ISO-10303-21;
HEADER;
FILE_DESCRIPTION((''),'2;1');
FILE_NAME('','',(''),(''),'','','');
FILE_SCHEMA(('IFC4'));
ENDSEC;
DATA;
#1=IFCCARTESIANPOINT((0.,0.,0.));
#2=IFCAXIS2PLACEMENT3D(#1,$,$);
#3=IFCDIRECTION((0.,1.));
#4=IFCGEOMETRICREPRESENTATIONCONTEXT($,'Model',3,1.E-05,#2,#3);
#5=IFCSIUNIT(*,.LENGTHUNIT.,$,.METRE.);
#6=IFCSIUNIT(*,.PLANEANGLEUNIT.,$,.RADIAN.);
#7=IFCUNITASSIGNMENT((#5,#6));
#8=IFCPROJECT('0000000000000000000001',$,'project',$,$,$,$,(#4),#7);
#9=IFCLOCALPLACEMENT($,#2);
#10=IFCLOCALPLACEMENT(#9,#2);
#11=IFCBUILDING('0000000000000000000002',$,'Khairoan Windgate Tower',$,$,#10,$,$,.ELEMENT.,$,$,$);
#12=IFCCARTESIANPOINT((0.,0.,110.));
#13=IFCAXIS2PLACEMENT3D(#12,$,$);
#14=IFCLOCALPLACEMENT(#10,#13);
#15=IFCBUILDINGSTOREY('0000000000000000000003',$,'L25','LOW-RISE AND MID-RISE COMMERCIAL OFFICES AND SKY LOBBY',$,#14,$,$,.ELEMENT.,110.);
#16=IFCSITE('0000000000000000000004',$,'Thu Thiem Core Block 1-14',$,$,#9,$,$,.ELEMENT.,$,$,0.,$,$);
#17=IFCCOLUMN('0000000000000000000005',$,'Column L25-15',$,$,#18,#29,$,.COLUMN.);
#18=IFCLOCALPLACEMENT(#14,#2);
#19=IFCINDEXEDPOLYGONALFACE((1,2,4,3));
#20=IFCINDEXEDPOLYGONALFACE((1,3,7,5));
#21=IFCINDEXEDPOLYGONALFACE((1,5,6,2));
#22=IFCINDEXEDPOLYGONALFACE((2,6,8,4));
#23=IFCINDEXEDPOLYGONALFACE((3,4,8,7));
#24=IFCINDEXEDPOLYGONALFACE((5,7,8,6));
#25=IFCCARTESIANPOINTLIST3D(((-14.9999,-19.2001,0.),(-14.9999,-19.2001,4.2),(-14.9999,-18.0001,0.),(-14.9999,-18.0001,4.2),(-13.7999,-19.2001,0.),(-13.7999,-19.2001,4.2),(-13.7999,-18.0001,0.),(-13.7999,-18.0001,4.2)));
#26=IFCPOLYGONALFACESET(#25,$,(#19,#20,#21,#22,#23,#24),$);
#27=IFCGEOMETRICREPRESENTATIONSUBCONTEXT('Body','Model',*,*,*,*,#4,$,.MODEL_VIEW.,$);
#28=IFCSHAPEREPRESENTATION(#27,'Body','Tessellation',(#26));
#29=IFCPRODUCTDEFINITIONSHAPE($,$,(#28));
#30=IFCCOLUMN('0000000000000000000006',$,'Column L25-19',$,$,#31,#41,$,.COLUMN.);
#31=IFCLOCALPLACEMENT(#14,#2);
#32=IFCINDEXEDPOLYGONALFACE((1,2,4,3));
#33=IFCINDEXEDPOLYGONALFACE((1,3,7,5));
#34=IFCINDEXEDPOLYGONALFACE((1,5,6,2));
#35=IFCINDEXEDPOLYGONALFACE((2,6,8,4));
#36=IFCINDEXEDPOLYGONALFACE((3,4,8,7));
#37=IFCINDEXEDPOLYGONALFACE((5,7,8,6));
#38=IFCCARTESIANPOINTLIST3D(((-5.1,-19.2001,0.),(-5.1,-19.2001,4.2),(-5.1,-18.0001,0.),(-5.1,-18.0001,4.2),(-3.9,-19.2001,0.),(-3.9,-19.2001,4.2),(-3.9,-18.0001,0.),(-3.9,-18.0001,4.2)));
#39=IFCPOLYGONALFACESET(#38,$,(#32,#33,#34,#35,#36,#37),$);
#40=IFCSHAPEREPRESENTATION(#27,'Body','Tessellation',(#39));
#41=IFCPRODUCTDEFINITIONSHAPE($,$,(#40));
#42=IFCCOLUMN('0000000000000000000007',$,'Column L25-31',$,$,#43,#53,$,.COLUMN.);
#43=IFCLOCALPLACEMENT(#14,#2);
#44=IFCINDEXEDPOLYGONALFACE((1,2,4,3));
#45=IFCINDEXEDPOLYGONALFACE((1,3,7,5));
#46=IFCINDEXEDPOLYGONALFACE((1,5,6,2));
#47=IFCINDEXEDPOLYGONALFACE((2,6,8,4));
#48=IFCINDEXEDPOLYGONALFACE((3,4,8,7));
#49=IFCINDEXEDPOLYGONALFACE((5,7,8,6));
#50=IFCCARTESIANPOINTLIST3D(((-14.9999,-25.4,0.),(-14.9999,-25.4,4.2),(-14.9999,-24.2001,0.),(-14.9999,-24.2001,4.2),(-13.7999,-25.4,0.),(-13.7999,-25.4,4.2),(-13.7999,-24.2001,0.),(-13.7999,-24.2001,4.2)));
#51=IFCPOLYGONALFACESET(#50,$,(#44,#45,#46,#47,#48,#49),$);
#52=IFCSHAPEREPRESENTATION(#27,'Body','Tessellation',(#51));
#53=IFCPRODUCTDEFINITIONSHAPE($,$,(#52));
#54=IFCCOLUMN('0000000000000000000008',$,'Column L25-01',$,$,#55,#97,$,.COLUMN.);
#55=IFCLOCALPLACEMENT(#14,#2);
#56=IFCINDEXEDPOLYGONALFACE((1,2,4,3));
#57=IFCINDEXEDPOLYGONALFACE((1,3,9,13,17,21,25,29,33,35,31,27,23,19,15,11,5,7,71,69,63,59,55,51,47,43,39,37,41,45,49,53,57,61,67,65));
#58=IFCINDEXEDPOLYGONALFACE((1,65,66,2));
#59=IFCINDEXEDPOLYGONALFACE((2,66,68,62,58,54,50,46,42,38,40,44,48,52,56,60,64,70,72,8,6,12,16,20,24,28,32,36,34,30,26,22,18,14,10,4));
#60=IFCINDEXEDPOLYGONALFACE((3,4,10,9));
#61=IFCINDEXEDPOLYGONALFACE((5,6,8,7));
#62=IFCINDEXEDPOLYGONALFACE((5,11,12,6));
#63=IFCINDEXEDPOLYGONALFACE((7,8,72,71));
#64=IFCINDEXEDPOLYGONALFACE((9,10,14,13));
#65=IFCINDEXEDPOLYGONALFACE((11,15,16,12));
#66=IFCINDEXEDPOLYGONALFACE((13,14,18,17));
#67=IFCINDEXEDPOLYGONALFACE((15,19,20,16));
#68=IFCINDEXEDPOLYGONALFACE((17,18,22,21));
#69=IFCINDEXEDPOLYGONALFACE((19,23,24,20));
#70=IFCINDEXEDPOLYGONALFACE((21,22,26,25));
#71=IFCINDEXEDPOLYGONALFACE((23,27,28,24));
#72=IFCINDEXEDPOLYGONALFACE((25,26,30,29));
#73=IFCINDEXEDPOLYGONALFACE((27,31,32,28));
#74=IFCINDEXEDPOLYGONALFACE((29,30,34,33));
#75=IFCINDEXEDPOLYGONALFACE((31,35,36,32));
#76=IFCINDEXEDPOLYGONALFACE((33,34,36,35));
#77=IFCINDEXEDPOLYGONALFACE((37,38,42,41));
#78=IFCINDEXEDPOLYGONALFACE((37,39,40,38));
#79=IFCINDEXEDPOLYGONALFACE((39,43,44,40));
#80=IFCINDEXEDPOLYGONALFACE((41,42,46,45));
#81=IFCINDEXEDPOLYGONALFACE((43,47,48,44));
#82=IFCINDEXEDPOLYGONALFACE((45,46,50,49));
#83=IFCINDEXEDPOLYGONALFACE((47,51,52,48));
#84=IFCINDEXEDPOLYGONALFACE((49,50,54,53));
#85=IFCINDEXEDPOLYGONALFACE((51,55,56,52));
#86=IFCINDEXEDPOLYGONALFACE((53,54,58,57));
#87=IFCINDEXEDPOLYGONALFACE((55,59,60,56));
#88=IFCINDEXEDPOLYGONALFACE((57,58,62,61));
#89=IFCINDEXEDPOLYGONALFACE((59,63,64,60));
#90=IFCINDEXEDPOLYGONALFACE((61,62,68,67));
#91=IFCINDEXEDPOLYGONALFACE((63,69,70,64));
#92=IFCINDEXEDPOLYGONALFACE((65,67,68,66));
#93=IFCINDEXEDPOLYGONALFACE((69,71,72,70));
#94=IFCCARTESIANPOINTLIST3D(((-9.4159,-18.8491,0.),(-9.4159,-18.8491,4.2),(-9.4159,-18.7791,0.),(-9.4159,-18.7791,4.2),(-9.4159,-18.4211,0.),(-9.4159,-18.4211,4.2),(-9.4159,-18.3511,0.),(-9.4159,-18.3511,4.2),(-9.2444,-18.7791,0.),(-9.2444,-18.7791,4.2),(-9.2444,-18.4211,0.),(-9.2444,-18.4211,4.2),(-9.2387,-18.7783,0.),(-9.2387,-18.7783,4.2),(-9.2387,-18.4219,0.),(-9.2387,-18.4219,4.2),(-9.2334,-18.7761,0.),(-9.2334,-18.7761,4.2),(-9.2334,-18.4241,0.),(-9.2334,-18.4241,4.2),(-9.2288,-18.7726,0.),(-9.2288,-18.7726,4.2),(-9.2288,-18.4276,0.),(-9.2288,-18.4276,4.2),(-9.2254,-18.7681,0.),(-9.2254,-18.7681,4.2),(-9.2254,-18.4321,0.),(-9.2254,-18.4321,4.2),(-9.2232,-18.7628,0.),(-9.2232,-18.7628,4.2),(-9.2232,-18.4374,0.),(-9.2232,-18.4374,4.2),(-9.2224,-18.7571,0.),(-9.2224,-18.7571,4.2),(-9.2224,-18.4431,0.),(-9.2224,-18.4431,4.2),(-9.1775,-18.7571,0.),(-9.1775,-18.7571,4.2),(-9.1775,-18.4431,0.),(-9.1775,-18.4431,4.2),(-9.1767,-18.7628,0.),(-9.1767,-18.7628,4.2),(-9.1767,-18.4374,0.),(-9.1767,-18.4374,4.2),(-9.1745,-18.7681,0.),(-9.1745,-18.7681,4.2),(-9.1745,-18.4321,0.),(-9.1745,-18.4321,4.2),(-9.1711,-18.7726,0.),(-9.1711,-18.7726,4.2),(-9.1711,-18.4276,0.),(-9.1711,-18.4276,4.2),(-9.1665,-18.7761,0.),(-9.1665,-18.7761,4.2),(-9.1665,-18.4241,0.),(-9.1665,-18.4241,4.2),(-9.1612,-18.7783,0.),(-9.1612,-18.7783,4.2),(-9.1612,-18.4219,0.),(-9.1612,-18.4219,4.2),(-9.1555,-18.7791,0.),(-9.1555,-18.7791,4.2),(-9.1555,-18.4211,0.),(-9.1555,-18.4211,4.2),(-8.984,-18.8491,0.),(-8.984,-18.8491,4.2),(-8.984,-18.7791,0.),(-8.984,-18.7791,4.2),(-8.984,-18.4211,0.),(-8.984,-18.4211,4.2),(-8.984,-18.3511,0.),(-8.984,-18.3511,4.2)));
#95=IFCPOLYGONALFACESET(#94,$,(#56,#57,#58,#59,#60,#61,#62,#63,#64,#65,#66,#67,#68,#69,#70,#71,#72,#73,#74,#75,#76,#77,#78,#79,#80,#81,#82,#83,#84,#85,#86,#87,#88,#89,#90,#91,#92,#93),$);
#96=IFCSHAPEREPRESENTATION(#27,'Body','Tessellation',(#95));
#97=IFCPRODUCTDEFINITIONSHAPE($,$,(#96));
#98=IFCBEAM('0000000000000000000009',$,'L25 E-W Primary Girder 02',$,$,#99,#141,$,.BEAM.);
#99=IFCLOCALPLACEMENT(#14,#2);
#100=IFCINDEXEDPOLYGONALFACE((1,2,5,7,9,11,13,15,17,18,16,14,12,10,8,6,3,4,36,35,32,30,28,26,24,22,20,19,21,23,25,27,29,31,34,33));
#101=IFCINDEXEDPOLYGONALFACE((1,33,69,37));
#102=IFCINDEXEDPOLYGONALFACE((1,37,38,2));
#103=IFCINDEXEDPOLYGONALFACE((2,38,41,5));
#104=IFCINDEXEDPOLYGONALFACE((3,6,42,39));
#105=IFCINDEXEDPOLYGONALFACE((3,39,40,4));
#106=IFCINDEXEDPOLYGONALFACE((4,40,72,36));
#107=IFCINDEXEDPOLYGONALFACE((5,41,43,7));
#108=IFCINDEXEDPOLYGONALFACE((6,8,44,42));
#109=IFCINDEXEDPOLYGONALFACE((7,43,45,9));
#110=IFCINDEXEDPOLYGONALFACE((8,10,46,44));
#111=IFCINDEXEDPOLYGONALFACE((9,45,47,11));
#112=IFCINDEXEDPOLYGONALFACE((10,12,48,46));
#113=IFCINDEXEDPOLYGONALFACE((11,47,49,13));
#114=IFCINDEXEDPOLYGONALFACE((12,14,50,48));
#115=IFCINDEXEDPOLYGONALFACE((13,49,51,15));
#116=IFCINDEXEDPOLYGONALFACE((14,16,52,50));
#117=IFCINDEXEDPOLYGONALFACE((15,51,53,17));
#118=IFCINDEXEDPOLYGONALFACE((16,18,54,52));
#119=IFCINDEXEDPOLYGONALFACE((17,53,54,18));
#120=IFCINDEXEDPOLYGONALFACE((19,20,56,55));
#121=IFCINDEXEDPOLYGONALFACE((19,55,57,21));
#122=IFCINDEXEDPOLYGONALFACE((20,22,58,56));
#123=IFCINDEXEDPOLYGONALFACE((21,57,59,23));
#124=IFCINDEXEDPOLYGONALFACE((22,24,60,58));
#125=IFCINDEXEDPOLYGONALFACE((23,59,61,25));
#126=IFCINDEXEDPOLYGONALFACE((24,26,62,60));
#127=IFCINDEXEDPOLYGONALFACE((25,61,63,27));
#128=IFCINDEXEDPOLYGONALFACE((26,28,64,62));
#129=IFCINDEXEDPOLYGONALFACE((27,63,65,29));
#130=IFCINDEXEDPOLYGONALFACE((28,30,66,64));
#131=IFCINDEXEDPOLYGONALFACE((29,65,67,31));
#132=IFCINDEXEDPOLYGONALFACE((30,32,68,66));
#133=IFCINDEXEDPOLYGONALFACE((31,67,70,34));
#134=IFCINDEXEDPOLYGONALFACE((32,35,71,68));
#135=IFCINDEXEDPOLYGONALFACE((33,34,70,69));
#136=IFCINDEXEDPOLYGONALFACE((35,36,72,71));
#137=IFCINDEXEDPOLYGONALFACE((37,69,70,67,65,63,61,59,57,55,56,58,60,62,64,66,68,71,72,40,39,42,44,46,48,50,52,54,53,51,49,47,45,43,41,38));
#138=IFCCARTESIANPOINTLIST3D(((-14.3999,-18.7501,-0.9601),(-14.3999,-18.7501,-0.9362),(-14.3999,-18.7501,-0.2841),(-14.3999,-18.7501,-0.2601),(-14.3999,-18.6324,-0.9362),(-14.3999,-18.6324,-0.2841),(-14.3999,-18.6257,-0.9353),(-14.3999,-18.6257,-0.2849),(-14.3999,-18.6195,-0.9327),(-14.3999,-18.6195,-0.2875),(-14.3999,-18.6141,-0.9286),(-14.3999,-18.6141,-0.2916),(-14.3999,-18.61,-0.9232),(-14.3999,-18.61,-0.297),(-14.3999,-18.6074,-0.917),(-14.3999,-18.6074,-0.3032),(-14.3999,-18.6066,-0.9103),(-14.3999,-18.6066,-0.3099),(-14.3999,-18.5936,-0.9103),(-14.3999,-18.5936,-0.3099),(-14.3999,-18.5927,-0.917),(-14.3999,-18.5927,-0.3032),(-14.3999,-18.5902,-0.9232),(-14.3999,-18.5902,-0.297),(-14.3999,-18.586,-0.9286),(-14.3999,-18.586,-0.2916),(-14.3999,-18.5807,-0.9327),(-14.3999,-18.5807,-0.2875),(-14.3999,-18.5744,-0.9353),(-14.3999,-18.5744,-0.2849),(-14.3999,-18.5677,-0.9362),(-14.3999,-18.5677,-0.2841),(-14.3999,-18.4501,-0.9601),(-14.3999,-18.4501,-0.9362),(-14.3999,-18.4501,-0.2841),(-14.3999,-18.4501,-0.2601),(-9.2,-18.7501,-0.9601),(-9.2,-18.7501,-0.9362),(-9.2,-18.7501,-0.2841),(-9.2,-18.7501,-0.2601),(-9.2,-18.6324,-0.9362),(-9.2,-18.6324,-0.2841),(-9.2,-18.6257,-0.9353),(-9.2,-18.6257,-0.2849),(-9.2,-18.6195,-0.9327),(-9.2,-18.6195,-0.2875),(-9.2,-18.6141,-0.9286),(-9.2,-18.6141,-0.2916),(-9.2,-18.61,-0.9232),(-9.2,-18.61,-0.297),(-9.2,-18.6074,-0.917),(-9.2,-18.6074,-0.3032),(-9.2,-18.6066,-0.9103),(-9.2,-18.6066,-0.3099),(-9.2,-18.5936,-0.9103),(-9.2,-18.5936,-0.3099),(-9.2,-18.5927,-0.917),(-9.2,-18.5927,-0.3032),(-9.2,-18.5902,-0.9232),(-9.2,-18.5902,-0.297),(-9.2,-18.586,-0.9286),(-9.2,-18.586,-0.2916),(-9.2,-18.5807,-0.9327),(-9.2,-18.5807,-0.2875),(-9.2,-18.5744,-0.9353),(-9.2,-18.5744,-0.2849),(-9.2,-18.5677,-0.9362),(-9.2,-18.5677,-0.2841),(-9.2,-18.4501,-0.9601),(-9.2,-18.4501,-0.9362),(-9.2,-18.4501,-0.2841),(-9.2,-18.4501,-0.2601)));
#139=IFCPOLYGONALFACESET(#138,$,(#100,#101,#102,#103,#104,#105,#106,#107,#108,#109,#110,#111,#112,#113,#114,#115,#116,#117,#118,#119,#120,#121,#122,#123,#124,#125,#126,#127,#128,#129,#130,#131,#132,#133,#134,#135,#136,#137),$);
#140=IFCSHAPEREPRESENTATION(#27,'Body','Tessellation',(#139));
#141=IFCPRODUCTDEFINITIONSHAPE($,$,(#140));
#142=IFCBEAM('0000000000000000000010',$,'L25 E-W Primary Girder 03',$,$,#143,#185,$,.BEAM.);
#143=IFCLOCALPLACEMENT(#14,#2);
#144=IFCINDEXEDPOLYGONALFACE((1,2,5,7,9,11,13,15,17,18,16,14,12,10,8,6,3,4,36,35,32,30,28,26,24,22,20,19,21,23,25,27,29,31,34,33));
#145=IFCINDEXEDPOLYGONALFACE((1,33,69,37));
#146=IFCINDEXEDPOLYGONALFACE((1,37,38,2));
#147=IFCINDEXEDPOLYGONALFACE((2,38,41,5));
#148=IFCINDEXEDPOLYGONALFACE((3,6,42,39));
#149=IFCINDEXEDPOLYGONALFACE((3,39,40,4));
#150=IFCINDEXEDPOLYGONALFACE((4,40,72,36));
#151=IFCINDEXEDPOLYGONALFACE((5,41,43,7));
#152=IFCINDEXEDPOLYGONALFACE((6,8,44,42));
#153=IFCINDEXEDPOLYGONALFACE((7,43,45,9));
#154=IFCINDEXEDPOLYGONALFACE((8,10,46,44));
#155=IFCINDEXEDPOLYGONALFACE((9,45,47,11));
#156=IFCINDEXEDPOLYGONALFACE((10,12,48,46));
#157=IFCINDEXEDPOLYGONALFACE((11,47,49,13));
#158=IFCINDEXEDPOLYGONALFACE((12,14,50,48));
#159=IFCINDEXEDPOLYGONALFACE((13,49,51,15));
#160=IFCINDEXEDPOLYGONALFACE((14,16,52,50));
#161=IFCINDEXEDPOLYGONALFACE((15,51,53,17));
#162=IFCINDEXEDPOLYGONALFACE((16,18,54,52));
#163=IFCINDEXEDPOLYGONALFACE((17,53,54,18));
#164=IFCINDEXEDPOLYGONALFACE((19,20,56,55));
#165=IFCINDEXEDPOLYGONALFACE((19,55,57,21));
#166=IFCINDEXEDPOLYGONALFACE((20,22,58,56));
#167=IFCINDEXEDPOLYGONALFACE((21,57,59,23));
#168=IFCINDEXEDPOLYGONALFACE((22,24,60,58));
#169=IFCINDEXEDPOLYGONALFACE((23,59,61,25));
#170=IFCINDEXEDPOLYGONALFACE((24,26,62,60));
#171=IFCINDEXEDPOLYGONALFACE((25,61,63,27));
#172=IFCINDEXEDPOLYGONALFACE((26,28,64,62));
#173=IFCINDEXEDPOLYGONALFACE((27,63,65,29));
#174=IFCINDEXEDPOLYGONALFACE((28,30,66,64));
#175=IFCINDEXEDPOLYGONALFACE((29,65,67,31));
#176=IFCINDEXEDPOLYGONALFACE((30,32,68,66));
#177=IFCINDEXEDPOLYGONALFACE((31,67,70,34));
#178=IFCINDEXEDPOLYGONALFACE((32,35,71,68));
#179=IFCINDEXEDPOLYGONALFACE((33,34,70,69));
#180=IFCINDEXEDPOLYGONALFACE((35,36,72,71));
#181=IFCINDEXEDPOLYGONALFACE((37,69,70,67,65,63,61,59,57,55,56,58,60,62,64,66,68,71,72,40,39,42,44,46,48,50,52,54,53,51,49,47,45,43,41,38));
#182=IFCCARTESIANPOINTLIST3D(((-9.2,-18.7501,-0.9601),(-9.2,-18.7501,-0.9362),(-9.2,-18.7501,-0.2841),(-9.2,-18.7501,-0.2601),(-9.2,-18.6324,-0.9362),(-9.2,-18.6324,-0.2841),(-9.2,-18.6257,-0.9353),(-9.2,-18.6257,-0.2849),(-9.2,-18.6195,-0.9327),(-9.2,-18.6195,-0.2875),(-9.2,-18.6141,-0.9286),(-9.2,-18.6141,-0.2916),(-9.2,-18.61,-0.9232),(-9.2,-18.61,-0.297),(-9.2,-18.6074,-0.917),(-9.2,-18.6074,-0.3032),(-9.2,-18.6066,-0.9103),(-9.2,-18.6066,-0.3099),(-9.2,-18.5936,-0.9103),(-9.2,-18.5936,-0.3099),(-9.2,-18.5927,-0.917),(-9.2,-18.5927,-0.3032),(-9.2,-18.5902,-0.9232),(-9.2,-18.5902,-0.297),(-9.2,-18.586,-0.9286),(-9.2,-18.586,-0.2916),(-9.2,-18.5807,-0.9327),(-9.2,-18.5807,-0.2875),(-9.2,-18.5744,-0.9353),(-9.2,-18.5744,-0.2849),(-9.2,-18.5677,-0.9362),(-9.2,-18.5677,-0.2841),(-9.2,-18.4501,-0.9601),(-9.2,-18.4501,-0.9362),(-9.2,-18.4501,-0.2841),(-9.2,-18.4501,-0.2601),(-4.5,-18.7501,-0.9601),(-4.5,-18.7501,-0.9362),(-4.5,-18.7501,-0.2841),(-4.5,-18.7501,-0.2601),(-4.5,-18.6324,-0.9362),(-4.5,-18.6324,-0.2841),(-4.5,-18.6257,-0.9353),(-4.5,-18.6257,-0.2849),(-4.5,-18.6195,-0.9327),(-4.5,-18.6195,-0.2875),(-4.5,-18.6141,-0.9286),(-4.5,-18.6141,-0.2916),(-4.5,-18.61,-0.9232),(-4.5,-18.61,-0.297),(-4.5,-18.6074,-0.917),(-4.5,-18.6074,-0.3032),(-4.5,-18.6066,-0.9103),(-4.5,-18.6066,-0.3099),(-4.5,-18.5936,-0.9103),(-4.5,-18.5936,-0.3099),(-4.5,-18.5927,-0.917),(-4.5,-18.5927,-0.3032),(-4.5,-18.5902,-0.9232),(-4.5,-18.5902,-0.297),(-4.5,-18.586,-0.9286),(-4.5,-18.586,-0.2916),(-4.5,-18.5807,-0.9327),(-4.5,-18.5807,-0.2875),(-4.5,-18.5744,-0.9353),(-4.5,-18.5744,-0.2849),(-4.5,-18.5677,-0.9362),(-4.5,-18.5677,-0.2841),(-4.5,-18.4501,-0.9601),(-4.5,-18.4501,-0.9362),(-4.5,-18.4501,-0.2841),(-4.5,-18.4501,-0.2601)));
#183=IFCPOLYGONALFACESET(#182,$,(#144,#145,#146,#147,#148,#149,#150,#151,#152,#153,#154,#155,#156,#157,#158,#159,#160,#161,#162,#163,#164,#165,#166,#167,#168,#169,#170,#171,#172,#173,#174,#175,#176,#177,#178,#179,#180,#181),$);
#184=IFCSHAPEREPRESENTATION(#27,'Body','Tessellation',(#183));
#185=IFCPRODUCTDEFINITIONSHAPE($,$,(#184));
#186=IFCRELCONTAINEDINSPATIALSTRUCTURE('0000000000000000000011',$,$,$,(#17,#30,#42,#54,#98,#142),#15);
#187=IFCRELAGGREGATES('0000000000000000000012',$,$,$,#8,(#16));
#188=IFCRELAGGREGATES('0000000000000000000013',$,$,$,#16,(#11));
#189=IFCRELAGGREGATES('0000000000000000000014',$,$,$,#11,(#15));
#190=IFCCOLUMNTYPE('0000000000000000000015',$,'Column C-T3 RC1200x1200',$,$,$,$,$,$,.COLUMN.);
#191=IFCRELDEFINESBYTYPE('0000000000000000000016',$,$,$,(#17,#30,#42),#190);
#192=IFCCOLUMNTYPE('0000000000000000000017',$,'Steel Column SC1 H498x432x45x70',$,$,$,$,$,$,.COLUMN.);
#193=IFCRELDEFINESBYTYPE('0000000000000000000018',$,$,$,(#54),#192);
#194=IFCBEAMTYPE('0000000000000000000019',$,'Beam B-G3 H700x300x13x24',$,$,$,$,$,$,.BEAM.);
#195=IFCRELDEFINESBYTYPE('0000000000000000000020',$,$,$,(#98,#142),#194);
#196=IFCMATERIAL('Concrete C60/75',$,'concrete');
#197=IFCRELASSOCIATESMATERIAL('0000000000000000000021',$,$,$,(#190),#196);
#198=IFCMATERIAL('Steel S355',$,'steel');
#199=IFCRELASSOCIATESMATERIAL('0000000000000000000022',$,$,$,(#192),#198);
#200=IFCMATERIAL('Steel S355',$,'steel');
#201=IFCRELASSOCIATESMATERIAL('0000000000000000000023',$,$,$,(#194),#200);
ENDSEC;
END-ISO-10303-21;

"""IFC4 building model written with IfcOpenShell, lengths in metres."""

from ifc_helpers import new_model, si_unit, direction, frame, origin, origin_2d, place, context, subcontext, project, spatial, rectangle, i_section, extrude, material, material_profile, profile_set, type_object, element, save


model = new_model("IFC4")

# Units and contexts
model_context = context("Model", 3, precision=1e-05, world=origin(), true_north=direction((0.0, 1.0)))
body_context = subcontext(model_context, "Body", "Model", "MODEL_VIEW")
ifc_project = project(units=[si_unit("LENGTHUNIT", "METRE"), si_unit("PLANEANGLEUNIT", "RADIAN")], contexts=[model_context])

# Site, building, storey
site_placement = place(None, origin())
site = spatial("IfcSite", under=ifc_project, at=site_placement, Name="Thu Thiem Core Block 1-14", CompositionType="ELEMENT", RefElevation=0.0)
building_placement = place(site_placement, origin())
building = spatial("IfcBuilding", under=site, at=building_placement, Name="Khairoan Windgate Tower", CompositionType="ELEMENT")
storey_placement = place(building_placement, frame((0.0, 0.0, 110.0)))
storey = spatial("IfcBuildingStorey", under=building, at=storey_placement, Name="L25", Description="LOW-RISE AND MID-RISE COMMERCIAL OFFICES AND SKY LOBBY", CompositionType="ELEMENT", Elevation=110.0)

# Columns
ifc_material_1 = material(Name="Concrete C60/75", Category="concrete")
ifc_material_profile_1 = material_profile(ifc_material_1, rectangle(XDim=1.2, YDim=1.2, at=origin_2d()))
ifc_profile_set_1 = profile_set([ifc_material_profile_1], Name="Concrete C60/75")
column_type_1 = type_object("IfcColumnType", Name="Column C-T3 RC1200x1200", PredefinedType="COLUMN", material=ifc_profile_set_1)
for number, where, z_axis, x_axis, name in (
    (1, (-14.3999, -18.6001, 0.0), (0.0, 0.0, 1.0), (1.0, 0.0, 0.0), "Column L25-15"),
    (2, (-4.5, -18.6001, 0.0), (0.0, 0.0, 1.0), (1.0, 0.0, 0.0), "Column L25-19"),
    (3, (-14.3999, -24.8, 0.0), (0.0, 0.0, 1.0), (1.0, 0.0, 0.0), "Column L25-31"),
):
    element("IfcColumn", number, at=place(storey_placement, frame(where, z_axis=z_axis, x_axis=x_axis)), inside=storey, type_object=column_type_1, Name=name, PredefinedType="COLUMN", context=body_context, shape_type="SweptSolid", body=[
        extrude(rectangle(XDim=1.2, YDim=1.2, at=origin_2d()), origin(), (0.0, 0.0, 1.0), 4.2),
    ])
ifc_material_2 = material(Name="Steel S355", Category="steel")
ifc_material_profile_2 = material_profile(ifc_material_2, i_section(OverallWidth=0.4319, OverallDepth=0.498, WebThickness=0.0449, FlangeThickness=0.0701, FilletRadius=0.022, at=origin_2d()))
ifc_profile_set_2 = profile_set([ifc_material_profile_2], Name="Steel S355")
column_type_2 = type_object("IfcColumnType", Name="Steel Column SC1 H498x432x45x70", PredefinedType="COLUMN", material=ifc_profile_set_2)
column_placement = place(storey_placement, frame((-9.2, -18.6001, 0.0), z_axis=(0.0, 0.0, 1.0), x_axis=(1.0, 0.0, 0.0)))
element("IfcColumn", 4, at=column_placement, inside=storey, type_object=column_type_2, Name="Column L25-01", PredefinedType="COLUMN", context=body_context, shape_type="SweptSolid", body=[
    extrude(i_section(OverallWidth=0.4319, OverallDepth=0.498, WebThickness=0.0449, FlangeThickness=0.0701, FilletRadius=0.022, at=origin_2d()), origin(), (0.0, 0.0, 1.0), 4.2),
])

# Beams
ifc_material_3 = material(Name="Steel S355", Category="steel")
ifc_material_profile_3 = material_profile(ifc_material_3, i_section(OverallWidth=0.3, OverallDepth=0.7, WebThickness=0.0129, FlangeThickness=0.0239, FilletRadius=0.0259, at=origin_2d()))
ifc_profile_set_3 = profile_set([ifc_material_profile_3], Name="Steel S355")
beam_type_1 = type_object("IfcBeamType", Name="Beam B-G3 H700x300x13x24", PredefinedType="BEAM", material=ifc_profile_set_3)
beam_1_placement = place(storey_placement, frame((-14.3999, -18.6001, -0.6101), z_axis=(1.0, 0.0, 0.0), x_axis=(0.0, 1.0, 0.0)))
element("IfcBeam", 5, at=beam_1_placement, inside=storey, type_object=beam_type_1, Name="L25 E-W Primary Girder 02", PredefinedType="BEAM", context=body_context, shape_type="SweptSolid", body=[
    extrude(i_section(OverallWidth=0.3, OverallDepth=0.7, WebThickness=0.0129, FlangeThickness=0.0239, FilletRadius=0.0259, at=origin_2d()), origin(), (0.0, 0.0, 1.0), 5.2),
])
beam_2_placement = place(storey_placement, frame((-9.2, -18.6001, -0.6101), z_axis=(1.0, 0.0, 0.0), x_axis=(0.0, 1.0, 0.0)))
element("IfcBeam", 6, at=beam_2_placement, inside=storey, type_object=beam_type_1, Name="L25 E-W Primary Girder 03", PredefinedType="BEAM", context=body_context, shape_type="SweptSolid", body=[
    extrude(i_section(OverallWidth=0.3, OverallDepth=0.7, WebThickness=0.0129, FlangeThickness=0.0239, FilletRadius=0.0259, at=origin_2d()), origin(), (0.0, 0.0, 1.0), 4.7),
])

save(model, "model.ifc")
